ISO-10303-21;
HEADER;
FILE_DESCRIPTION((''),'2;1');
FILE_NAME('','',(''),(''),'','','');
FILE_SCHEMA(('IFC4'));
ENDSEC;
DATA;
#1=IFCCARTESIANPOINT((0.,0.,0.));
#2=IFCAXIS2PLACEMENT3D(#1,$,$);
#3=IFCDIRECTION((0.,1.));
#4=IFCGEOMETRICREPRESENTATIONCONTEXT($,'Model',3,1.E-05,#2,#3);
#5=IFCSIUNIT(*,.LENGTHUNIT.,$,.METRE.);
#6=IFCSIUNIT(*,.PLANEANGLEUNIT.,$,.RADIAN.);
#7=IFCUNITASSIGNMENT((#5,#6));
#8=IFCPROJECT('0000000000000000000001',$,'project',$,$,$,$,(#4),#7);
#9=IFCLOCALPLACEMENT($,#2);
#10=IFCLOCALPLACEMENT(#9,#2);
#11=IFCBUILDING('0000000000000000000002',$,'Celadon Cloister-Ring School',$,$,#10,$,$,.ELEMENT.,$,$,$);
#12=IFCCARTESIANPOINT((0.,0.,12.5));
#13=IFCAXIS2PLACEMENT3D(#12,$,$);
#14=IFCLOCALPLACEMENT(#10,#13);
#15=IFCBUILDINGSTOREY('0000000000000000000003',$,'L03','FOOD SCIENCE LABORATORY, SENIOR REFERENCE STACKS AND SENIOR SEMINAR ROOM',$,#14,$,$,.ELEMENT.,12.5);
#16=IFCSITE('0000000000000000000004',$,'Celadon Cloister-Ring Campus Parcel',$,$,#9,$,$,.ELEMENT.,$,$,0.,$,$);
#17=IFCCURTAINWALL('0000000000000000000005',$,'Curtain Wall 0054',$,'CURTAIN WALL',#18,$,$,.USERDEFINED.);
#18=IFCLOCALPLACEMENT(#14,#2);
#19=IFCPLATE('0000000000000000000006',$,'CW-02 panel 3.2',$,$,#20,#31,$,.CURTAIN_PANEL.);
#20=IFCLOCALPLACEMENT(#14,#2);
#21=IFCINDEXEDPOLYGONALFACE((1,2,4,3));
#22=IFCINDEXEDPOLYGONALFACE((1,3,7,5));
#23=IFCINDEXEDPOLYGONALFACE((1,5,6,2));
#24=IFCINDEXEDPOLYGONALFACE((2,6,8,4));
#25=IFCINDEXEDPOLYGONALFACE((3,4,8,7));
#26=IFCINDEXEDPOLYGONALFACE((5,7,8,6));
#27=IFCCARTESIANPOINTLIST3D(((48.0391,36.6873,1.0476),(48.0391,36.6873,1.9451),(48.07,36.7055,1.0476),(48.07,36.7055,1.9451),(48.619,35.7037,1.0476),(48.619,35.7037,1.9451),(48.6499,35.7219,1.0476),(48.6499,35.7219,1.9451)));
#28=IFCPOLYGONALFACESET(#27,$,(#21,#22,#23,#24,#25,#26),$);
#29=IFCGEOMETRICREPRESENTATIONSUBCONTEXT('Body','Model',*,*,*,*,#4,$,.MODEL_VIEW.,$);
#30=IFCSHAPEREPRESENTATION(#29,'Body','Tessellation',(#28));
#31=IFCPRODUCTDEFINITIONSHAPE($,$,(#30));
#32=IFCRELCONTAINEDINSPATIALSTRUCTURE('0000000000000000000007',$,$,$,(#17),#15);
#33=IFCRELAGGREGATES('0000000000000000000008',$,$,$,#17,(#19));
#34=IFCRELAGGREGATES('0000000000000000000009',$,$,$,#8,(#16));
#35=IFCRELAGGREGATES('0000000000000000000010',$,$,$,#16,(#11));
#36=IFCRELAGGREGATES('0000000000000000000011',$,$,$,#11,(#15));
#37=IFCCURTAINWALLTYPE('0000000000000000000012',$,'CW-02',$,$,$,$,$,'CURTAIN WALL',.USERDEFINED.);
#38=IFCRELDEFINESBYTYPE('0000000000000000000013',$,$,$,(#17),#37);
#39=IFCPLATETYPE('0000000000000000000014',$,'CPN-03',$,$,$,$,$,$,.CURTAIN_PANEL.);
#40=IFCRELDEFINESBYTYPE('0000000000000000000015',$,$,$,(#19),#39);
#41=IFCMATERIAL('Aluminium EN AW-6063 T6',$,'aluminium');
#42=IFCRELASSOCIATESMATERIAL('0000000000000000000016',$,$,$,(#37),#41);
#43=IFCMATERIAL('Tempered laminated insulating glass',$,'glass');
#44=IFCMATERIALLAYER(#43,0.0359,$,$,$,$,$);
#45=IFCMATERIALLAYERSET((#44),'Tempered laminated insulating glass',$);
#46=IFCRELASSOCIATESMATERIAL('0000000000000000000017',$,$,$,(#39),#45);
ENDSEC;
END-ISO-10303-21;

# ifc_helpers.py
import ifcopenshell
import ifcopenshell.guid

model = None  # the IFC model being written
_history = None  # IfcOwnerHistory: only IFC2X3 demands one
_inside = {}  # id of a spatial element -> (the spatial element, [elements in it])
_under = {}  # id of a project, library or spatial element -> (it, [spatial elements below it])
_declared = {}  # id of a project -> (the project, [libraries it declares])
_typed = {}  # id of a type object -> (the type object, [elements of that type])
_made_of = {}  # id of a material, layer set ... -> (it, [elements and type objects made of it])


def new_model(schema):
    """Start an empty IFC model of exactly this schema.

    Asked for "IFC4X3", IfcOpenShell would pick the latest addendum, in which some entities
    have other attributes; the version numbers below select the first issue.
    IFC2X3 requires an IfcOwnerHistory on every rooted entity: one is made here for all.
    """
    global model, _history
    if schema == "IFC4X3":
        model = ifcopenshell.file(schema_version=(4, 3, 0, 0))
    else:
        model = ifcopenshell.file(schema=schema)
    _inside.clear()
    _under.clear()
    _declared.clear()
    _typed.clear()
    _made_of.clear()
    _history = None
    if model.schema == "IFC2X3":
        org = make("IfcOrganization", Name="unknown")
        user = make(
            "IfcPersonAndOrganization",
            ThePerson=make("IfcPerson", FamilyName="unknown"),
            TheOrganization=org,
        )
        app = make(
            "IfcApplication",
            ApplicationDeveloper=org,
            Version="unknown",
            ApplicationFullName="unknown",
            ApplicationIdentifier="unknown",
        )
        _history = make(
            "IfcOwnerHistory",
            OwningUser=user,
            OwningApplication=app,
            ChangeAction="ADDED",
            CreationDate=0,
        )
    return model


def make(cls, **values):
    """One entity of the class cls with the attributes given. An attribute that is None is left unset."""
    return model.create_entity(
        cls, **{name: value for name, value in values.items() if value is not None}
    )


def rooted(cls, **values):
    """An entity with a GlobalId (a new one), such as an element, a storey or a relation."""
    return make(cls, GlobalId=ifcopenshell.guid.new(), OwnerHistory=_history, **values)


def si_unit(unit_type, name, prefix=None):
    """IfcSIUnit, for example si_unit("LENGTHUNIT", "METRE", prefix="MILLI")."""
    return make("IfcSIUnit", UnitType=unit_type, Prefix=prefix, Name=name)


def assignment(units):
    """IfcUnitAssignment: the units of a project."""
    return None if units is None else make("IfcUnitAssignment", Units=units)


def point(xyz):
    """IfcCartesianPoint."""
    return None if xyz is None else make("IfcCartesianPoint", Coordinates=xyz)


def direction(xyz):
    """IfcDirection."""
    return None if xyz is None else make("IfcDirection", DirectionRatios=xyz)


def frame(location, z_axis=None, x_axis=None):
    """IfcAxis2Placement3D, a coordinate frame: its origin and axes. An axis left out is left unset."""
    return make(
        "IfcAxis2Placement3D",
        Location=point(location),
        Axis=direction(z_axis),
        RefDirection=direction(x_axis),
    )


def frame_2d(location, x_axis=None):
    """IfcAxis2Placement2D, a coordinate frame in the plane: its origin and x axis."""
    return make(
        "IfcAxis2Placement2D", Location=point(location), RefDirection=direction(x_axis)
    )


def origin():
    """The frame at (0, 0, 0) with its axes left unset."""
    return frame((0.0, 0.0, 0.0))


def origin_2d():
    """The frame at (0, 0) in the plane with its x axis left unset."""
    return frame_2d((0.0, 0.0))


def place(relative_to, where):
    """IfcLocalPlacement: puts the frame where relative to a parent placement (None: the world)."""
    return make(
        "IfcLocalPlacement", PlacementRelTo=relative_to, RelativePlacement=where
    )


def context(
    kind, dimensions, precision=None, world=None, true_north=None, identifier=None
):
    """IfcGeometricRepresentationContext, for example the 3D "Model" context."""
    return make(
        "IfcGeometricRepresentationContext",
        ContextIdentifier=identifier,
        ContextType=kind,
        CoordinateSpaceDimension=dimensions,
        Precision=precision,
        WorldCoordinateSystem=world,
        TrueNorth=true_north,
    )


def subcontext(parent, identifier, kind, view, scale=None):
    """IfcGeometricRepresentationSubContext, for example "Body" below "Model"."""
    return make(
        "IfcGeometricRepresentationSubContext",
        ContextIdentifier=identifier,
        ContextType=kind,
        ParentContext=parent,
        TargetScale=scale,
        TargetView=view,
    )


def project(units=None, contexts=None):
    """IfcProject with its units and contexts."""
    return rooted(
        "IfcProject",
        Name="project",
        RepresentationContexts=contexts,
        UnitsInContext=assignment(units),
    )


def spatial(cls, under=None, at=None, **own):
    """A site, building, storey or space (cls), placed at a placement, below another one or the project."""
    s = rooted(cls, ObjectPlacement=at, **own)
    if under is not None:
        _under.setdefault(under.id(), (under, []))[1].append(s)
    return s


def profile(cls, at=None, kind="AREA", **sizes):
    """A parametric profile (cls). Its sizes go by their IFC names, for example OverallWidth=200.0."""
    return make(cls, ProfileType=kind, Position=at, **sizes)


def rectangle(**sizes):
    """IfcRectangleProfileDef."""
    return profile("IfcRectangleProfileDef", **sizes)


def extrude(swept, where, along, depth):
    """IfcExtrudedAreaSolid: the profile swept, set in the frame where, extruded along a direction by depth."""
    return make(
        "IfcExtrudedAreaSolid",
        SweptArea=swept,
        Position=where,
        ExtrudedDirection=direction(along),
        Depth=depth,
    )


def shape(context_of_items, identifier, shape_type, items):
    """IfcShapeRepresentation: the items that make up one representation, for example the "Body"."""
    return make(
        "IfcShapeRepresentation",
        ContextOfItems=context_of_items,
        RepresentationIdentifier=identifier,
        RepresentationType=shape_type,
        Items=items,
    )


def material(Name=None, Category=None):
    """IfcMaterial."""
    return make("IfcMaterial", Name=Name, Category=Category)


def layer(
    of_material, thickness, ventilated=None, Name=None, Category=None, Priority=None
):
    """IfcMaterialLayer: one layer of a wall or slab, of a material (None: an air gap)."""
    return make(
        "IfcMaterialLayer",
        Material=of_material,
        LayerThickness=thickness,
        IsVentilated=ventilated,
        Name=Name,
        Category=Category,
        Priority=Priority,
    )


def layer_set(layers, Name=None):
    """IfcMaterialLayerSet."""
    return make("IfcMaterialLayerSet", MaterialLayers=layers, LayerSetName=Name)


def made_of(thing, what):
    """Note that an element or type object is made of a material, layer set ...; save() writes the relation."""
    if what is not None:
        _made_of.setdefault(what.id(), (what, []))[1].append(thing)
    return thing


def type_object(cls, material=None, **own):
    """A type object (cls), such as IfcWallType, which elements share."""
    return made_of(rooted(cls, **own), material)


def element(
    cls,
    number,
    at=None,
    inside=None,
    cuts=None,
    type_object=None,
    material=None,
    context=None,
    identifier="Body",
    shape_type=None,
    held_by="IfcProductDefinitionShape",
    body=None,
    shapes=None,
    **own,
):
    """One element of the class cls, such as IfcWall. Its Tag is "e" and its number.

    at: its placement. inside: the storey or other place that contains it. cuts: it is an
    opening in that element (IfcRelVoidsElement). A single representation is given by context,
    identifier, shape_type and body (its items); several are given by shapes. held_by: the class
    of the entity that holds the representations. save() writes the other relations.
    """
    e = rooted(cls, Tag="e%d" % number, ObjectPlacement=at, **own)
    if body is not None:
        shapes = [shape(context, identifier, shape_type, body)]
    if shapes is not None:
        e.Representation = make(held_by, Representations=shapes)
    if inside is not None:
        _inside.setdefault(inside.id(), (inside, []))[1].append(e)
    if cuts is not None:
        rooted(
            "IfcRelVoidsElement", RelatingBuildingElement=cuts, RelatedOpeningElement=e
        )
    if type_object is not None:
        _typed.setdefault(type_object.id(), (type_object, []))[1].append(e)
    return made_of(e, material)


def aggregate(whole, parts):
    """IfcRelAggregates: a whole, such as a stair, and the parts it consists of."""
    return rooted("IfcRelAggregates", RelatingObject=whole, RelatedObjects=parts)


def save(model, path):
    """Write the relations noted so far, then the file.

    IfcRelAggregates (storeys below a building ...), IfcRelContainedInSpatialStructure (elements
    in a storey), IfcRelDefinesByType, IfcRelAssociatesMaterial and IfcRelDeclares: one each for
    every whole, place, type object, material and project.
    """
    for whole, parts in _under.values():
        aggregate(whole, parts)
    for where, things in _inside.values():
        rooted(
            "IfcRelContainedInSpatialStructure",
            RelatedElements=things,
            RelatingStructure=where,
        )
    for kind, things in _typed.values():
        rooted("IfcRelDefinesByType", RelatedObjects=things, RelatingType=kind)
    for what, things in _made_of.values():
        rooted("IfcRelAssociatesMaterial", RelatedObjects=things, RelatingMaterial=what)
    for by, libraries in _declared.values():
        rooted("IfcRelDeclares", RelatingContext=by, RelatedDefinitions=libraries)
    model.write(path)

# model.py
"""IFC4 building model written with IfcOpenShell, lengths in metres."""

from ifc_helpers import new_model, si_unit, direction, frame, origin, origin_2d, place, context, subcontext, project, spatial, rectangle, extrude, material, layer, layer_set, type_object, element, aggregate, save


model = new_model("IFC4")

# Units and contexts
model_context = context("Model", 3, precision=1e-05, world=origin(), true_north=direction((0.0, 1.0)))
body_context = subcontext(model_context, "Body", "Model", "MODEL_VIEW")
ifc_project = project(units=[si_unit("LENGTHUNIT", "METRE"), si_unit("PLANEANGLEUNIT", "RADIAN")], contexts=[model_context])

# Site, building, storey
site_placement = place(None, origin())
site = spatial("IfcSite", under=ifc_project, at=site_placement, Name="Celadon Cloister-Ring Campus Parcel", CompositionType="ELEMENT", RefElevation=0.0)
building_placement = place(site_placement, origin())
building = spatial("IfcBuilding", under=site, at=building_placement, Name="Celadon Cloister-Ring School", CompositionType="ELEMENT")
storey_placement = place(building_placement, frame((0.0, 0.0, 12.5)))
storey = spatial("IfcBuildingStorey", under=building, at=storey_placement, Name="L03", Description="FOOD SCIENCE LABORATORY, SENIOR REFERENCE STACKS AND SENIOR SEMINAR ROOM", CompositionType="ELEMENT", Elevation=12.5)

# Curtain wall
ifc_material_1 = material(Name="Aluminium EN AW-6063 T6", Category="aluminium")
curtain_wall_type = type_object("IfcCurtainWallType", Name="CW-02", ElementType="CURTAIN WALL", PredefinedType="USERDEFINED", material=ifc_material_1)
curtain_wall_1_placement = place(storey_placement, origin())
curtain_wall_1 = element("IfcCurtainWall", 1, at=curtain_wall_1_placement, inside=storey, type_object=curtain_wall_type, Name="Curtain Wall 0054", ObjectType="CURTAIN WALL", PredefinedType="USERDEFINED")

# Plate
ifc_material_2 = material(Name="Tempered laminated insulating glass", Category="glass")
ifc_layer = layer(ifc_material_2, 0.0359)
ifc_layer_set = layer_set([ifc_layer], Name="Tempered laminated insulating glass")
plate_type = type_object("IfcPlateType", Name="CPN-03", PredefinedType="CURTAIN_PANEL", material=ifc_layer_set)
plate_1_placement = place(storey_placement, frame((48.3445, 36.2046, 1.0476), z_axis=(0.0, 0.0, 1.0), x_axis=(0.507885, -0.861425, 0.0)))
plate_1 = element("IfcPlate", 2, at=plate_1_placement, type_object=plate_type, Name="CW-02 panel 3.2", PredefinedType="CURTAIN_PANEL", context=body_context, shape_type="SweptSolid", body=[
    extrude(rectangle(XDim=1.1418, YDim=0.0359, at=origin_2d()), origin(), (0.0, 0.0, 1.0), 0.8975),
])
aggregate(curtain_wall_1, [plate_1])

save(model, "model.ifc")
